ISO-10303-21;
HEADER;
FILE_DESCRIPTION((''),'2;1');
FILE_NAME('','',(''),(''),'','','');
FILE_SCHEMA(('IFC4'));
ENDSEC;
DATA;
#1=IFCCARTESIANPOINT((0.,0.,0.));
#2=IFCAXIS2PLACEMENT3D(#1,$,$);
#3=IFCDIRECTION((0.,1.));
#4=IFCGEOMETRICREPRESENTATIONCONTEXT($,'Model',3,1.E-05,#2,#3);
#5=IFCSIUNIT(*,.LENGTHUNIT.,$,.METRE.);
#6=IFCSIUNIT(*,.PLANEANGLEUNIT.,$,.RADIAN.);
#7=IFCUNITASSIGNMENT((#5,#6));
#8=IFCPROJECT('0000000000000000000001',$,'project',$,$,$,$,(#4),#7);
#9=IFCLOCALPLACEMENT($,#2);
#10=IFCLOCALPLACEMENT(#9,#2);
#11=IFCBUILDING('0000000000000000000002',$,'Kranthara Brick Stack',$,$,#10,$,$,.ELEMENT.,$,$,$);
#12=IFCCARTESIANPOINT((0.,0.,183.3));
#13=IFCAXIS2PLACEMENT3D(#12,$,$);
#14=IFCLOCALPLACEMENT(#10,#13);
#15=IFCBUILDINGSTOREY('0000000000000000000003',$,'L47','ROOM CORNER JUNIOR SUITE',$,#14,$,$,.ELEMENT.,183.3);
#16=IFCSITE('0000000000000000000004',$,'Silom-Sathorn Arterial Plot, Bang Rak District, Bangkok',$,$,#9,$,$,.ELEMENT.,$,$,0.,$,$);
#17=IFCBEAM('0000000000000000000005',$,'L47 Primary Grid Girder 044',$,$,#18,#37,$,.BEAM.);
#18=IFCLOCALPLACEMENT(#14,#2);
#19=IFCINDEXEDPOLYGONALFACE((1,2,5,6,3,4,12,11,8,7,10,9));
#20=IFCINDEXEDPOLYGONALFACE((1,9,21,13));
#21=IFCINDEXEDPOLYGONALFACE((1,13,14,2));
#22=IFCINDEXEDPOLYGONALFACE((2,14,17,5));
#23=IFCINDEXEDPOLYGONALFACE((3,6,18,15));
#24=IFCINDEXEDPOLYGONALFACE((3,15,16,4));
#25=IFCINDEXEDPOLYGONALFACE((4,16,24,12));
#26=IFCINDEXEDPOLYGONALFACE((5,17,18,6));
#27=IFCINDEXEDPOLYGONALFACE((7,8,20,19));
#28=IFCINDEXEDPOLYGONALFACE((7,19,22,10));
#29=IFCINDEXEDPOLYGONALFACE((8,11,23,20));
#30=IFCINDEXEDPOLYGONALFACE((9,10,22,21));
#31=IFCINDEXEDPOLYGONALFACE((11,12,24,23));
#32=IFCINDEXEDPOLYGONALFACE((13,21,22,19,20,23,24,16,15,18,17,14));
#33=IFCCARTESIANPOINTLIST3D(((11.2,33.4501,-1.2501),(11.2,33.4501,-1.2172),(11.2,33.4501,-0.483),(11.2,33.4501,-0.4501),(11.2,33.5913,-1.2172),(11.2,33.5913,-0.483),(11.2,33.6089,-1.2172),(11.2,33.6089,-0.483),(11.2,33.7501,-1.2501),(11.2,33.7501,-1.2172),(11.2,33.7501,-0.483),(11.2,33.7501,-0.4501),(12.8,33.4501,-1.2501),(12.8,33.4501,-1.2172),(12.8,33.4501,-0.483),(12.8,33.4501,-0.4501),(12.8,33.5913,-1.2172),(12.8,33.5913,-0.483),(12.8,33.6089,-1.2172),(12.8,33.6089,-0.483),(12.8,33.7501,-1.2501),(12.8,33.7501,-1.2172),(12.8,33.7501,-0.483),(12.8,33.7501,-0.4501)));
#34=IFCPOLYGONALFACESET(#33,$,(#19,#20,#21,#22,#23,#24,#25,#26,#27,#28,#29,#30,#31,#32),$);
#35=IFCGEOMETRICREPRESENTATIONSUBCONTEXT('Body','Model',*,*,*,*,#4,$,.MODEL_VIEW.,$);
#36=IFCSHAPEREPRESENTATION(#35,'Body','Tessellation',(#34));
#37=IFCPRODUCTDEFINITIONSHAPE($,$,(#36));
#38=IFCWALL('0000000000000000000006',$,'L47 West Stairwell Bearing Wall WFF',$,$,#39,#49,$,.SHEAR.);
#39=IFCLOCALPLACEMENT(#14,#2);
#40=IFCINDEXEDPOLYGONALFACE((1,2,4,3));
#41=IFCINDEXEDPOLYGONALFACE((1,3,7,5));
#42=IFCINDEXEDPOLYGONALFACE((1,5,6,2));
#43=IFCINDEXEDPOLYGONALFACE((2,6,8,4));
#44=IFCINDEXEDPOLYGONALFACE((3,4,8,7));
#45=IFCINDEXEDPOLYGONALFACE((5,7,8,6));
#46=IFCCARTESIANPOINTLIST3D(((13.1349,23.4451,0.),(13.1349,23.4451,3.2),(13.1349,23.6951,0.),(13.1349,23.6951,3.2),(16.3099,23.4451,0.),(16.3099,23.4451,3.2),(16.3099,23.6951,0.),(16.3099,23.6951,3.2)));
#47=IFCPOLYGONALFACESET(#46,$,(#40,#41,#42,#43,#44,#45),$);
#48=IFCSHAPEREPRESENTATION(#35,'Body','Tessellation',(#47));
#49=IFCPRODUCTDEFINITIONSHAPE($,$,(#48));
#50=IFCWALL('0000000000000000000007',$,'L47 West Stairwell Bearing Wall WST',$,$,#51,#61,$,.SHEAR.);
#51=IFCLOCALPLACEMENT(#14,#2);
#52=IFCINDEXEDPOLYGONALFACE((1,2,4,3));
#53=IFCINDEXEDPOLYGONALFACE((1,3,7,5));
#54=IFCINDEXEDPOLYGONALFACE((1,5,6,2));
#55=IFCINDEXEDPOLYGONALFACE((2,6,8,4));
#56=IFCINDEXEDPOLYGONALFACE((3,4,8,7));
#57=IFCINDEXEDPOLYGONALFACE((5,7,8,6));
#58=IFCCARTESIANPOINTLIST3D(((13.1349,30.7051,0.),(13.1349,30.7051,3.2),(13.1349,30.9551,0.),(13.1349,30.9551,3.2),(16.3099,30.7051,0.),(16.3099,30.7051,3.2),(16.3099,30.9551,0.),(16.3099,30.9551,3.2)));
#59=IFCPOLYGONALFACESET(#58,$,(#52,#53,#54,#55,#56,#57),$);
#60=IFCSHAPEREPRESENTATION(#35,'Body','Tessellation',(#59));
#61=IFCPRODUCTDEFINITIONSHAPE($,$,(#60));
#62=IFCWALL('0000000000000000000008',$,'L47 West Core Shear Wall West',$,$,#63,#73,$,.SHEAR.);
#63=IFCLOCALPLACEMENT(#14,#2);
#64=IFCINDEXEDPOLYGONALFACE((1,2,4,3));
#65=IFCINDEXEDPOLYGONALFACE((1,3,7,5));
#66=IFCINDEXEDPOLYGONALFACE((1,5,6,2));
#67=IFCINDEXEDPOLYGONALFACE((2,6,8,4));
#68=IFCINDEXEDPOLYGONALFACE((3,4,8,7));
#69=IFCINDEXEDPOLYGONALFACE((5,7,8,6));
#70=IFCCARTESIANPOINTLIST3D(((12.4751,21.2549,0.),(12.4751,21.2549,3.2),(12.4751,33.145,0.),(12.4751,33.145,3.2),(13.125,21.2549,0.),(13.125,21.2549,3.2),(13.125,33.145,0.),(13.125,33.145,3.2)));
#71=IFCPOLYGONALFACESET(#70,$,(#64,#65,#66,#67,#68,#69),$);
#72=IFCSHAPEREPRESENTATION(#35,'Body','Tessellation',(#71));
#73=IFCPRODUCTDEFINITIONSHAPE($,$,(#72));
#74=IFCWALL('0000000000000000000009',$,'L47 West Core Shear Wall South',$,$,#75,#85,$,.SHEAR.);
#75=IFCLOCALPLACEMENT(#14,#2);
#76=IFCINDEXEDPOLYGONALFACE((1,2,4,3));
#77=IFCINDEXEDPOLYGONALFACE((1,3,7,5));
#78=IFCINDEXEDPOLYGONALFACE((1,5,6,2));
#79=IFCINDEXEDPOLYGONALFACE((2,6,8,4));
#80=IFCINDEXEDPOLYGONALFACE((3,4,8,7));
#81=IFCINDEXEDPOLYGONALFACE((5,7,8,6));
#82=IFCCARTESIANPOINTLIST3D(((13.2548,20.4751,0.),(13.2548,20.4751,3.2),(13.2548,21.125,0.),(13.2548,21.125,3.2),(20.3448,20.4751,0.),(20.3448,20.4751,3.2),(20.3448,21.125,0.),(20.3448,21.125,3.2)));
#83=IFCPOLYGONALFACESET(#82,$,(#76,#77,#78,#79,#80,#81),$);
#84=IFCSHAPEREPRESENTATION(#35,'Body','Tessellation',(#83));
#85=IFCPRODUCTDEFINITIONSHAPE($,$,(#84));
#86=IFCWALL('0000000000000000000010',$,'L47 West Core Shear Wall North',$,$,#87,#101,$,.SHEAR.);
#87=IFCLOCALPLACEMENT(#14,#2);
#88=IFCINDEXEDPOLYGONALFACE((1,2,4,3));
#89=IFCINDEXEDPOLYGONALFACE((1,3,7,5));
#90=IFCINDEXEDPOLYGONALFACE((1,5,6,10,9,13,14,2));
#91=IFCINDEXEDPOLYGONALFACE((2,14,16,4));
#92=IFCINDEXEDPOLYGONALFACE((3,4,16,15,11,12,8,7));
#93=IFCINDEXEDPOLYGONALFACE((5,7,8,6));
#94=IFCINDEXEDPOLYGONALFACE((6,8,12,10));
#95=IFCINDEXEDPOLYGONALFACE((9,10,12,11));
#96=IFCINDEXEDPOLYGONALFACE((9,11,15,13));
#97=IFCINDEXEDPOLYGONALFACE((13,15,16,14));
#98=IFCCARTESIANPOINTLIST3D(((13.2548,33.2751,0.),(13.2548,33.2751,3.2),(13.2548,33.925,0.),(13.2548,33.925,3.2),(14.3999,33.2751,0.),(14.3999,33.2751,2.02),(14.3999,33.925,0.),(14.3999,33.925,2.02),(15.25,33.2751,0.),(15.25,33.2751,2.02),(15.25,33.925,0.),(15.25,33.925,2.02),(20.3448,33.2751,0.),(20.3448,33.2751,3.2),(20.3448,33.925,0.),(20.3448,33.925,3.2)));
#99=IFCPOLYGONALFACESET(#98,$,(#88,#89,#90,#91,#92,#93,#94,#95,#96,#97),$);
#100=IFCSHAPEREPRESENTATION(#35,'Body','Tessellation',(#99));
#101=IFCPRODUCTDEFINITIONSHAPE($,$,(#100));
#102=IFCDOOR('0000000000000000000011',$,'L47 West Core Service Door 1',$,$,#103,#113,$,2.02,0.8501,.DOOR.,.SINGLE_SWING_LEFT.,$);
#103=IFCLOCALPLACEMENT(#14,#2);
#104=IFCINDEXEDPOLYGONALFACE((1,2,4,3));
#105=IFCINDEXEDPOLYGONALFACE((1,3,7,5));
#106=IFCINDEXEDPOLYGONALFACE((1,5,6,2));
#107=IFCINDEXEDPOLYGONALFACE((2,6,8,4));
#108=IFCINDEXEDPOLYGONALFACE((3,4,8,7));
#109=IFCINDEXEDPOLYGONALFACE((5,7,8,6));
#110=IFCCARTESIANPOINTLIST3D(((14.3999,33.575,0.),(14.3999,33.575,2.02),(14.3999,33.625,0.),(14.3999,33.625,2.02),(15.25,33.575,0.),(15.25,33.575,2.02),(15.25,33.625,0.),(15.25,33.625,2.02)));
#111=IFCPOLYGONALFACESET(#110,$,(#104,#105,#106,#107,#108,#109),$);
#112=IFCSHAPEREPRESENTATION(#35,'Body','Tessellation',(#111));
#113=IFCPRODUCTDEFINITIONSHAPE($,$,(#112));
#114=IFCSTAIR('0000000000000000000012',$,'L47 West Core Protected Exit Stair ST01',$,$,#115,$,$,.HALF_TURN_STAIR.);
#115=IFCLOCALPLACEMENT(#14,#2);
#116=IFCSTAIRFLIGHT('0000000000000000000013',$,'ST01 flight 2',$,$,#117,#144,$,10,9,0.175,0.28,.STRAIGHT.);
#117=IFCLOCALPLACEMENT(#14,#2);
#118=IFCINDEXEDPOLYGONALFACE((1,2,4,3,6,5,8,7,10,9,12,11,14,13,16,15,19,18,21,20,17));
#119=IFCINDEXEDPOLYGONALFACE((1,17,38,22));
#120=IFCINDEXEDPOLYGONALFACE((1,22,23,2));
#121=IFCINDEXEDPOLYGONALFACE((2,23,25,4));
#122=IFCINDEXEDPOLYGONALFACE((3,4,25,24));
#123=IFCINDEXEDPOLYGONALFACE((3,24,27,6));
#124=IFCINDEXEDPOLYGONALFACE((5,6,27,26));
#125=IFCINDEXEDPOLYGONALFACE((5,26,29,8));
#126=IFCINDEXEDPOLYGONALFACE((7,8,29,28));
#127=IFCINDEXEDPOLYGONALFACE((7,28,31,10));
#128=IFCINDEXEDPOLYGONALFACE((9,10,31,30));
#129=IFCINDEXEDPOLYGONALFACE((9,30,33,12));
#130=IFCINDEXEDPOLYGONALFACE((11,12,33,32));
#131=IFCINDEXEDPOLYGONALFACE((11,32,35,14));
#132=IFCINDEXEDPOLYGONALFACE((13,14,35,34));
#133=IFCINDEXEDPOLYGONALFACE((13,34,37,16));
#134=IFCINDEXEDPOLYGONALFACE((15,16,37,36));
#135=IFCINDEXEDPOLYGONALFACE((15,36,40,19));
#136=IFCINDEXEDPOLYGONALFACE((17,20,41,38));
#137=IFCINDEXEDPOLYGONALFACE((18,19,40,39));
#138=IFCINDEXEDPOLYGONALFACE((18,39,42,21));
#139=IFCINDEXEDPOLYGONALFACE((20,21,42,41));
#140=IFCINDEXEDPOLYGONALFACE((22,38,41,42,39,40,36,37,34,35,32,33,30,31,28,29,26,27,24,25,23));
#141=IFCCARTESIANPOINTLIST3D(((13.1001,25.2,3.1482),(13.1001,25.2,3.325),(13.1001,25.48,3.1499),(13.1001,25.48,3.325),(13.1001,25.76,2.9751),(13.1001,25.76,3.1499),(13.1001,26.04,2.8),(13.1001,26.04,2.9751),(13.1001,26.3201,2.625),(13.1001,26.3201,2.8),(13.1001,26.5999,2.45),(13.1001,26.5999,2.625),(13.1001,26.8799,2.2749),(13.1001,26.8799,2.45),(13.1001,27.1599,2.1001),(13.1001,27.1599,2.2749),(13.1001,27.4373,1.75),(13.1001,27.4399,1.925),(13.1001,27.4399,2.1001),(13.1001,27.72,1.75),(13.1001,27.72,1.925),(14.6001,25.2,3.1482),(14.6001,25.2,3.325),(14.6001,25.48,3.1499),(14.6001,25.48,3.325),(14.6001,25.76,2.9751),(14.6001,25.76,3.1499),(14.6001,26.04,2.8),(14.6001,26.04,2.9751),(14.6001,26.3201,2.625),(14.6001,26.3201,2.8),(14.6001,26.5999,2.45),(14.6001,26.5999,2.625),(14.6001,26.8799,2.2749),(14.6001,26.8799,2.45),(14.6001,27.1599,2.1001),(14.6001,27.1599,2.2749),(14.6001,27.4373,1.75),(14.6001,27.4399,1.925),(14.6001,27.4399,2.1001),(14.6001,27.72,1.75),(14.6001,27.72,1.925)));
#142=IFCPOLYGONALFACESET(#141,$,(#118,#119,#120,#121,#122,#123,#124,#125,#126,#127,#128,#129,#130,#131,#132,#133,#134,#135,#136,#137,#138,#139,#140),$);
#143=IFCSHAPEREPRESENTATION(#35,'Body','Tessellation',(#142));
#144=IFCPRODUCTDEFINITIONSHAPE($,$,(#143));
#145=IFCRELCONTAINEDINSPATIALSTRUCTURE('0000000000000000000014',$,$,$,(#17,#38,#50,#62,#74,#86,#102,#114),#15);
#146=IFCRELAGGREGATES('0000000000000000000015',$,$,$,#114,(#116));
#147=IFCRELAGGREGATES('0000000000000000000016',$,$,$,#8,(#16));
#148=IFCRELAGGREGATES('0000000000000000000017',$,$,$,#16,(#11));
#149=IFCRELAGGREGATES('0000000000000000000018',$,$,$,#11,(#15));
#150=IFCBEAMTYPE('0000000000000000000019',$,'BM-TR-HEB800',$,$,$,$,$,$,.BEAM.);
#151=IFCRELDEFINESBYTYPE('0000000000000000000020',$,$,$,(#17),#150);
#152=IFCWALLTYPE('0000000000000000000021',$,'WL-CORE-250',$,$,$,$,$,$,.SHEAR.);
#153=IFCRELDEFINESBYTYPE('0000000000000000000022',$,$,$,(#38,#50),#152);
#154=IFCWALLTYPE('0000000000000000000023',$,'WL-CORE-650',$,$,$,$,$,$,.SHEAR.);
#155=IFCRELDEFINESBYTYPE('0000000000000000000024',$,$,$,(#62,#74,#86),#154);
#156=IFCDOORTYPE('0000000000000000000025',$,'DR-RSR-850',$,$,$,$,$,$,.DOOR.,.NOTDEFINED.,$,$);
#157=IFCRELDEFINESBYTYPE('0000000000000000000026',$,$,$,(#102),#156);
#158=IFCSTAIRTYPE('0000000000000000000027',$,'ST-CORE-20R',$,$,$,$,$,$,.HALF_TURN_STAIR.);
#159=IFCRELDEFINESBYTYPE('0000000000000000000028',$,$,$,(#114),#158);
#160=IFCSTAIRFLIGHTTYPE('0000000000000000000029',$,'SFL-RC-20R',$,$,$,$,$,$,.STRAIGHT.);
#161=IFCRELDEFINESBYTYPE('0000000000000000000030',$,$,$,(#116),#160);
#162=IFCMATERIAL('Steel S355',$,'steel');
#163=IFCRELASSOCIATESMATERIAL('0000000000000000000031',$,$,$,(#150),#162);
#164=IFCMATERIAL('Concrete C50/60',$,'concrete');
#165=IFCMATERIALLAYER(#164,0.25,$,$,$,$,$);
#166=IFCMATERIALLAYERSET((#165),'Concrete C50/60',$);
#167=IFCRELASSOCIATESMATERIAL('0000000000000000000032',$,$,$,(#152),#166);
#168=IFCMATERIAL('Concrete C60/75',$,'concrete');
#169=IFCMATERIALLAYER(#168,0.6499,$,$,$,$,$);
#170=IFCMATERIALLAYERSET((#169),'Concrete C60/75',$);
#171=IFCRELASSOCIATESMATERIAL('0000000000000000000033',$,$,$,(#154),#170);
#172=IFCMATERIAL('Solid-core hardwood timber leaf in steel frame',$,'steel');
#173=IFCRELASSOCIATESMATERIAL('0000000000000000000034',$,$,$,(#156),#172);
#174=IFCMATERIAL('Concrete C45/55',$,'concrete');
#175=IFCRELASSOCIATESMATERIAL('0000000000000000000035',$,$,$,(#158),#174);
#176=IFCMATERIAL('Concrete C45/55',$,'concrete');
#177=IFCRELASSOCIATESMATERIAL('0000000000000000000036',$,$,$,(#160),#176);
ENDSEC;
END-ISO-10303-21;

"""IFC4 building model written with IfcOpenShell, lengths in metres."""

from ifc_helpers import new_model, si_unit, direction, frame, frame_2d, origin, origin_2d, place, context, subcontext, project, spatial, polyline, rectangle, i_section, outline, extrude, material, layer, layer_set, material_profile, profile_set, type_object, element, fill, aggregate, save


model = new_model("IFC4")

# Units and contexts
model_context = context("Model", 3, precision=1e-05, world=origin(), true_north=direction((0.0, 1.0)))
body_context = subcontext(model_context, "Body", "Model", "MODEL_VIEW")
ifc_project = project(units=[si_unit("LENGTHUNIT", "METRE"), si_unit("PLANEANGLEUNIT", "RADIAN")], contexts=[model_context])

# Site, building, storey
site_placement = place(None, origin())
site = spatial("IfcSite", under=ifc_project, at=site_placement, Name="Silom-Sathorn Arterial Plot, Bang Rak District, Bangkok", CompositionType="ELEMENT", RefElevation=0.0)
building_placement = place(site_placement, origin())
building = spatial("IfcBuilding", under=site, at=building_placement, Name="Kranthara Brick Stack", CompositionType="ELEMENT")
storey_placement = place(building_placement, frame((0.0, 0.0, 183.3)))
storey = spatial("IfcBuildingStorey", under=building, at=storey_placement, Name="L47", Description="ROOM CORNER JUNIOR SUITE", CompositionType="ELEMENT", Elevation=183.3)

# Beam
ifc_material_1 = material(Name="Steel S355", Category="steel")
ifc_material_profile_1 = material_profile(ifc_material_1, i_section(OverallWidth=0.3, OverallDepth=0.8, WebThickness=0.0176, FlangeThickness=0.033, at=origin_2d()), Name="HEB 800")
ifc_profile_set_1 = profile_set([ifc_material_profile_1], Name="Steel S355")
beam_type_1 = type_object("IfcBeamType", Name="BM-TR-HEB800", PredefinedType="BEAM", material=ifc_profile_set_1)
beam_1_placement = place(storey_placement, frame((11.2, 33.6001, -0.8501), z_axis=(1.0, 0.0, 0.0), x_axis=(0.0, 1.0, 0.0)))
element("IfcBeam", 1, at=beam_1_placement, inside=storey, type_object=beam_type_1, Name="L47 Primary Grid Girder 044", PredefinedType="BEAM", context=body_context, shape_type="SweptSolid", body=[
    extrude(i_section(OverallWidth=0.3, OverallDepth=0.8, WebThickness=0.0176, FlangeThickness=0.033, at=origin_2d()), origin(), (0.0, 0.0, 1.0), 1.6001),
])

# Walls
ifc_material_2 = material(Name="Concrete C50/60", Category="concrete")
ifc_layer_1 = layer(ifc_material_2, 0.25)
ifc_layer_set_1 = layer_set([ifc_layer_1], Name="Concrete C50/60")
wall_type_1 = type_object("IfcWallType", Name="WL-CORE-250", PredefinedType="SHEAR", material=ifc_layer_set_1)
for number, where, z_axis, x_axis, name in (
    (2, (13.135, 23.5701, 0.0), (0.0, 0.0, 1.0), (1.0, 0.0, 0.0), "L47 West Stairwell Bearing Wall WFF"),
    (3, (13.135, 30.8301, 0.0), (0.0, 0.0, 1.0), (1.0, 0.0, 0.0), "L47 West Stairwell Bearing Wall WST"),
):
    element("IfcWall", number, at=place(storey_placement, frame(where, z_axis=z_axis, x_axis=x_axis)), inside=storey, type_object=wall_type_1, Name=name, PredefinedType="SHEAR", context=body_context, shape_type="SweptSolid", body=[
        extrude(rectangle(XDim=3.175, YDim=0.25, at=frame_2d((1.5874, 0.0))), origin(), (0.0, 0.0, 1.0), 3.2),
    ])
ifc_material_3 = material(Name="Concrete C60/75", Category="concrete")
ifc_layer_2 = layer(ifc_material_3, 0.6499)
ifc_layer_set_2 = layer_set([ifc_layer_2], Name="Concrete C60/75")
wall_type_2 = type_object("IfcWallType", Name="WL-CORE-650", PredefinedType="SHEAR", material=ifc_layer_set_2)
wall_1_placement = place(storey_placement, frame((12.8, 21.2549, 0.0), z_axis=(0.0, 0.0, 1.0), x_axis=(0.0, 1.0, 0.0)))
element("IfcWall", 4, at=wall_1_placement, inside=storey, type_object=wall_type_2, Name="L47 West Core Shear Wall West", PredefinedType="SHEAR", context=body_context, shape_type="SweptSolid", body=[
    extrude(rectangle(XDim=11.8901, YDim=0.6499, at=frame_2d((5.9451, 0.0))), origin(), (0.0, 0.0, 1.0), 3.2),
])
wall_2_placement = place(storey_placement, frame((13.2549, 20.8, 0.0), z_axis=(0.0, 0.0, 1.0), x_axis=(1.0, 0.0, 0.0)))
element("IfcWall", 5, at=wall_2_placement, inside=storey, type_object=wall_type_2, Name="L47 West Core Shear Wall South", PredefinedType="SHEAR", context=body_context, shape_type="SweptSolid", body=[
    extrude(rectangle(XDim=7.0901, YDim=0.6499, at=frame_2d((3.5449, 0.0))), origin(), (0.0, 0.0, 1.0), 3.2),
])

# Wall, opening, door
wall_3_placement = place(storey_placement, frame((13.2549, 33.6001, 0.0), z_axis=(0.0, 0.0, 1.0), x_axis=(1.0, 0.0, 0.0)))
wall_3 = element("IfcWall", 6, at=wall_3_placement, inside=storey, type_object=wall_type_2, Name="L47 West Core Shear Wall North", PredefinedType="SHEAR", context=body_context, shape_type="SweptSolid", body=[
    extrude(rectangle(XDim=7.0901, YDim=0.6499, at=frame_2d((3.5449, 0.0))), origin(), (0.0, 0.0, 1.0), 3.2),
])
opening_placement = place(wall_3_placement, frame((1.145, 0.0, 0.0)))
opening = element("IfcOpeningElement", 7, at=opening_placement, cuts=wall_3, PredefinedType="OPENING", context=body_context, shape_type="SweptSolid", body=[
    extrude(rectangle(XDim=0.8501, YDim=2.02, at=frame_2d((0.425, 1.01))), frame((0.0, 0.335, 0.0), z_axis=(0.0, -1.0, 0.0), x_axis=(1.0, 0.0, 0.0)), (0.0, 0.0, 1.0), 0.6699),
])
ifc_material_4 = material(Name="Solid-core hardwood timber leaf in steel frame", Category="steel")
door_type = type_object("IfcDoorType", Name="DR-RSR-850", OperationType="NOTDEFINED", PredefinedType="DOOR", material=ifc_material_4)
door_placement = place(opening_placement, origin())
door = element("IfcDoor", 8, at=door_placement, inside=storey, type_object=door_type, Name="L47 West Core Service Door 1", OperationType="SINGLE_SWING_LEFT", OverallHeight=2.02, OverallWidth=0.8501, PredefinedType="DOOR", context=body_context, shape_type="SweptSolid", body=[
    extrude(rectangle(XDim=0.8501, YDim=2.02, at=frame_2d((0.425, 1.01))), frame((0.0, 0.0249, 0.0), z_axis=(0.0, -1.0, 0.0), x_axis=(1.0, 0.0, 0.0)), (0.0, 0.0, 1.0), 0.05),
])
fill(opening, door)

# Stair, stair flight
ifc_material_5 = material(Name="Concrete C45/55", Category="concrete")
stair_type = type_object("IfcStairType", Name="ST-CORE-20R", PredefinedType="HALF_TURN_STAIR", material=ifc_material_5)
stair_placement = place(storey_placement, origin())
stair = element("IfcStair", 9, at=stair_placement, inside=storey, type_object=stair_type, Name="L47 West Core Protected Exit Stair ST01", PredefinedType="HALF_TURN_STAIR")
ifc_material_6 = material(Name="Concrete C45/55", Category="concrete")
stair_flight_type = type_object("IfcStairFlightType", Name="SFL-RC-20R", PredefinedType="STRAIGHT", material=ifc_material_6)
stair_flight_placement = place(storey_placement, frame((13.8501, 27.72, 1.75), z_axis=(0.0, 0.0, 1.0), x_axis=(0.0, -1.0, 0.0)))
stair_flight = element("IfcStairFlight", 10, at=stair_flight_placement, type_object=stair_flight_type, Name="ST01 flight 2", NumberOfRisers=10, NumberOfTreads=9, PredefinedType="STRAIGHT", RiserHeight=0.175, TreadLength=0.28, context=body_context, shape_type="SweptSolid", body=[
    extrude(outline(polyline([(0.0, 0.0), (0.0, 0.175), (0.28, 0.175), (0.28, 0.3501), (0.5601, 0.3501), (0.5601, 0.5249), (0.8401, 0.5249), (0.8401, 0.7), (1.1201, 0.7), (1.1201, 0.875), (1.3999, 0.875), (1.3999, 1.05), (1.6799, 1.05), (1.6799, 1.2251), (1.96, 1.2251), (1.96, 1.3999), (2.24, 1.3999), (2.24, 1.575), (2.52, 1.575), (2.52, 1.75), (2.52, 1.3982), (0.2827, 0.0), (0.0, 0.0)])), frame((0.0, 0.75, 0.0), z_axis=(0.0, -1.0, 0.0), x_axis=(1.0, 0.0, 0.0)), (0.0, 0.0, 1.0), 1.5),
])
aggregate(stair, [stair_flight])

save(model, "model.ifc")
